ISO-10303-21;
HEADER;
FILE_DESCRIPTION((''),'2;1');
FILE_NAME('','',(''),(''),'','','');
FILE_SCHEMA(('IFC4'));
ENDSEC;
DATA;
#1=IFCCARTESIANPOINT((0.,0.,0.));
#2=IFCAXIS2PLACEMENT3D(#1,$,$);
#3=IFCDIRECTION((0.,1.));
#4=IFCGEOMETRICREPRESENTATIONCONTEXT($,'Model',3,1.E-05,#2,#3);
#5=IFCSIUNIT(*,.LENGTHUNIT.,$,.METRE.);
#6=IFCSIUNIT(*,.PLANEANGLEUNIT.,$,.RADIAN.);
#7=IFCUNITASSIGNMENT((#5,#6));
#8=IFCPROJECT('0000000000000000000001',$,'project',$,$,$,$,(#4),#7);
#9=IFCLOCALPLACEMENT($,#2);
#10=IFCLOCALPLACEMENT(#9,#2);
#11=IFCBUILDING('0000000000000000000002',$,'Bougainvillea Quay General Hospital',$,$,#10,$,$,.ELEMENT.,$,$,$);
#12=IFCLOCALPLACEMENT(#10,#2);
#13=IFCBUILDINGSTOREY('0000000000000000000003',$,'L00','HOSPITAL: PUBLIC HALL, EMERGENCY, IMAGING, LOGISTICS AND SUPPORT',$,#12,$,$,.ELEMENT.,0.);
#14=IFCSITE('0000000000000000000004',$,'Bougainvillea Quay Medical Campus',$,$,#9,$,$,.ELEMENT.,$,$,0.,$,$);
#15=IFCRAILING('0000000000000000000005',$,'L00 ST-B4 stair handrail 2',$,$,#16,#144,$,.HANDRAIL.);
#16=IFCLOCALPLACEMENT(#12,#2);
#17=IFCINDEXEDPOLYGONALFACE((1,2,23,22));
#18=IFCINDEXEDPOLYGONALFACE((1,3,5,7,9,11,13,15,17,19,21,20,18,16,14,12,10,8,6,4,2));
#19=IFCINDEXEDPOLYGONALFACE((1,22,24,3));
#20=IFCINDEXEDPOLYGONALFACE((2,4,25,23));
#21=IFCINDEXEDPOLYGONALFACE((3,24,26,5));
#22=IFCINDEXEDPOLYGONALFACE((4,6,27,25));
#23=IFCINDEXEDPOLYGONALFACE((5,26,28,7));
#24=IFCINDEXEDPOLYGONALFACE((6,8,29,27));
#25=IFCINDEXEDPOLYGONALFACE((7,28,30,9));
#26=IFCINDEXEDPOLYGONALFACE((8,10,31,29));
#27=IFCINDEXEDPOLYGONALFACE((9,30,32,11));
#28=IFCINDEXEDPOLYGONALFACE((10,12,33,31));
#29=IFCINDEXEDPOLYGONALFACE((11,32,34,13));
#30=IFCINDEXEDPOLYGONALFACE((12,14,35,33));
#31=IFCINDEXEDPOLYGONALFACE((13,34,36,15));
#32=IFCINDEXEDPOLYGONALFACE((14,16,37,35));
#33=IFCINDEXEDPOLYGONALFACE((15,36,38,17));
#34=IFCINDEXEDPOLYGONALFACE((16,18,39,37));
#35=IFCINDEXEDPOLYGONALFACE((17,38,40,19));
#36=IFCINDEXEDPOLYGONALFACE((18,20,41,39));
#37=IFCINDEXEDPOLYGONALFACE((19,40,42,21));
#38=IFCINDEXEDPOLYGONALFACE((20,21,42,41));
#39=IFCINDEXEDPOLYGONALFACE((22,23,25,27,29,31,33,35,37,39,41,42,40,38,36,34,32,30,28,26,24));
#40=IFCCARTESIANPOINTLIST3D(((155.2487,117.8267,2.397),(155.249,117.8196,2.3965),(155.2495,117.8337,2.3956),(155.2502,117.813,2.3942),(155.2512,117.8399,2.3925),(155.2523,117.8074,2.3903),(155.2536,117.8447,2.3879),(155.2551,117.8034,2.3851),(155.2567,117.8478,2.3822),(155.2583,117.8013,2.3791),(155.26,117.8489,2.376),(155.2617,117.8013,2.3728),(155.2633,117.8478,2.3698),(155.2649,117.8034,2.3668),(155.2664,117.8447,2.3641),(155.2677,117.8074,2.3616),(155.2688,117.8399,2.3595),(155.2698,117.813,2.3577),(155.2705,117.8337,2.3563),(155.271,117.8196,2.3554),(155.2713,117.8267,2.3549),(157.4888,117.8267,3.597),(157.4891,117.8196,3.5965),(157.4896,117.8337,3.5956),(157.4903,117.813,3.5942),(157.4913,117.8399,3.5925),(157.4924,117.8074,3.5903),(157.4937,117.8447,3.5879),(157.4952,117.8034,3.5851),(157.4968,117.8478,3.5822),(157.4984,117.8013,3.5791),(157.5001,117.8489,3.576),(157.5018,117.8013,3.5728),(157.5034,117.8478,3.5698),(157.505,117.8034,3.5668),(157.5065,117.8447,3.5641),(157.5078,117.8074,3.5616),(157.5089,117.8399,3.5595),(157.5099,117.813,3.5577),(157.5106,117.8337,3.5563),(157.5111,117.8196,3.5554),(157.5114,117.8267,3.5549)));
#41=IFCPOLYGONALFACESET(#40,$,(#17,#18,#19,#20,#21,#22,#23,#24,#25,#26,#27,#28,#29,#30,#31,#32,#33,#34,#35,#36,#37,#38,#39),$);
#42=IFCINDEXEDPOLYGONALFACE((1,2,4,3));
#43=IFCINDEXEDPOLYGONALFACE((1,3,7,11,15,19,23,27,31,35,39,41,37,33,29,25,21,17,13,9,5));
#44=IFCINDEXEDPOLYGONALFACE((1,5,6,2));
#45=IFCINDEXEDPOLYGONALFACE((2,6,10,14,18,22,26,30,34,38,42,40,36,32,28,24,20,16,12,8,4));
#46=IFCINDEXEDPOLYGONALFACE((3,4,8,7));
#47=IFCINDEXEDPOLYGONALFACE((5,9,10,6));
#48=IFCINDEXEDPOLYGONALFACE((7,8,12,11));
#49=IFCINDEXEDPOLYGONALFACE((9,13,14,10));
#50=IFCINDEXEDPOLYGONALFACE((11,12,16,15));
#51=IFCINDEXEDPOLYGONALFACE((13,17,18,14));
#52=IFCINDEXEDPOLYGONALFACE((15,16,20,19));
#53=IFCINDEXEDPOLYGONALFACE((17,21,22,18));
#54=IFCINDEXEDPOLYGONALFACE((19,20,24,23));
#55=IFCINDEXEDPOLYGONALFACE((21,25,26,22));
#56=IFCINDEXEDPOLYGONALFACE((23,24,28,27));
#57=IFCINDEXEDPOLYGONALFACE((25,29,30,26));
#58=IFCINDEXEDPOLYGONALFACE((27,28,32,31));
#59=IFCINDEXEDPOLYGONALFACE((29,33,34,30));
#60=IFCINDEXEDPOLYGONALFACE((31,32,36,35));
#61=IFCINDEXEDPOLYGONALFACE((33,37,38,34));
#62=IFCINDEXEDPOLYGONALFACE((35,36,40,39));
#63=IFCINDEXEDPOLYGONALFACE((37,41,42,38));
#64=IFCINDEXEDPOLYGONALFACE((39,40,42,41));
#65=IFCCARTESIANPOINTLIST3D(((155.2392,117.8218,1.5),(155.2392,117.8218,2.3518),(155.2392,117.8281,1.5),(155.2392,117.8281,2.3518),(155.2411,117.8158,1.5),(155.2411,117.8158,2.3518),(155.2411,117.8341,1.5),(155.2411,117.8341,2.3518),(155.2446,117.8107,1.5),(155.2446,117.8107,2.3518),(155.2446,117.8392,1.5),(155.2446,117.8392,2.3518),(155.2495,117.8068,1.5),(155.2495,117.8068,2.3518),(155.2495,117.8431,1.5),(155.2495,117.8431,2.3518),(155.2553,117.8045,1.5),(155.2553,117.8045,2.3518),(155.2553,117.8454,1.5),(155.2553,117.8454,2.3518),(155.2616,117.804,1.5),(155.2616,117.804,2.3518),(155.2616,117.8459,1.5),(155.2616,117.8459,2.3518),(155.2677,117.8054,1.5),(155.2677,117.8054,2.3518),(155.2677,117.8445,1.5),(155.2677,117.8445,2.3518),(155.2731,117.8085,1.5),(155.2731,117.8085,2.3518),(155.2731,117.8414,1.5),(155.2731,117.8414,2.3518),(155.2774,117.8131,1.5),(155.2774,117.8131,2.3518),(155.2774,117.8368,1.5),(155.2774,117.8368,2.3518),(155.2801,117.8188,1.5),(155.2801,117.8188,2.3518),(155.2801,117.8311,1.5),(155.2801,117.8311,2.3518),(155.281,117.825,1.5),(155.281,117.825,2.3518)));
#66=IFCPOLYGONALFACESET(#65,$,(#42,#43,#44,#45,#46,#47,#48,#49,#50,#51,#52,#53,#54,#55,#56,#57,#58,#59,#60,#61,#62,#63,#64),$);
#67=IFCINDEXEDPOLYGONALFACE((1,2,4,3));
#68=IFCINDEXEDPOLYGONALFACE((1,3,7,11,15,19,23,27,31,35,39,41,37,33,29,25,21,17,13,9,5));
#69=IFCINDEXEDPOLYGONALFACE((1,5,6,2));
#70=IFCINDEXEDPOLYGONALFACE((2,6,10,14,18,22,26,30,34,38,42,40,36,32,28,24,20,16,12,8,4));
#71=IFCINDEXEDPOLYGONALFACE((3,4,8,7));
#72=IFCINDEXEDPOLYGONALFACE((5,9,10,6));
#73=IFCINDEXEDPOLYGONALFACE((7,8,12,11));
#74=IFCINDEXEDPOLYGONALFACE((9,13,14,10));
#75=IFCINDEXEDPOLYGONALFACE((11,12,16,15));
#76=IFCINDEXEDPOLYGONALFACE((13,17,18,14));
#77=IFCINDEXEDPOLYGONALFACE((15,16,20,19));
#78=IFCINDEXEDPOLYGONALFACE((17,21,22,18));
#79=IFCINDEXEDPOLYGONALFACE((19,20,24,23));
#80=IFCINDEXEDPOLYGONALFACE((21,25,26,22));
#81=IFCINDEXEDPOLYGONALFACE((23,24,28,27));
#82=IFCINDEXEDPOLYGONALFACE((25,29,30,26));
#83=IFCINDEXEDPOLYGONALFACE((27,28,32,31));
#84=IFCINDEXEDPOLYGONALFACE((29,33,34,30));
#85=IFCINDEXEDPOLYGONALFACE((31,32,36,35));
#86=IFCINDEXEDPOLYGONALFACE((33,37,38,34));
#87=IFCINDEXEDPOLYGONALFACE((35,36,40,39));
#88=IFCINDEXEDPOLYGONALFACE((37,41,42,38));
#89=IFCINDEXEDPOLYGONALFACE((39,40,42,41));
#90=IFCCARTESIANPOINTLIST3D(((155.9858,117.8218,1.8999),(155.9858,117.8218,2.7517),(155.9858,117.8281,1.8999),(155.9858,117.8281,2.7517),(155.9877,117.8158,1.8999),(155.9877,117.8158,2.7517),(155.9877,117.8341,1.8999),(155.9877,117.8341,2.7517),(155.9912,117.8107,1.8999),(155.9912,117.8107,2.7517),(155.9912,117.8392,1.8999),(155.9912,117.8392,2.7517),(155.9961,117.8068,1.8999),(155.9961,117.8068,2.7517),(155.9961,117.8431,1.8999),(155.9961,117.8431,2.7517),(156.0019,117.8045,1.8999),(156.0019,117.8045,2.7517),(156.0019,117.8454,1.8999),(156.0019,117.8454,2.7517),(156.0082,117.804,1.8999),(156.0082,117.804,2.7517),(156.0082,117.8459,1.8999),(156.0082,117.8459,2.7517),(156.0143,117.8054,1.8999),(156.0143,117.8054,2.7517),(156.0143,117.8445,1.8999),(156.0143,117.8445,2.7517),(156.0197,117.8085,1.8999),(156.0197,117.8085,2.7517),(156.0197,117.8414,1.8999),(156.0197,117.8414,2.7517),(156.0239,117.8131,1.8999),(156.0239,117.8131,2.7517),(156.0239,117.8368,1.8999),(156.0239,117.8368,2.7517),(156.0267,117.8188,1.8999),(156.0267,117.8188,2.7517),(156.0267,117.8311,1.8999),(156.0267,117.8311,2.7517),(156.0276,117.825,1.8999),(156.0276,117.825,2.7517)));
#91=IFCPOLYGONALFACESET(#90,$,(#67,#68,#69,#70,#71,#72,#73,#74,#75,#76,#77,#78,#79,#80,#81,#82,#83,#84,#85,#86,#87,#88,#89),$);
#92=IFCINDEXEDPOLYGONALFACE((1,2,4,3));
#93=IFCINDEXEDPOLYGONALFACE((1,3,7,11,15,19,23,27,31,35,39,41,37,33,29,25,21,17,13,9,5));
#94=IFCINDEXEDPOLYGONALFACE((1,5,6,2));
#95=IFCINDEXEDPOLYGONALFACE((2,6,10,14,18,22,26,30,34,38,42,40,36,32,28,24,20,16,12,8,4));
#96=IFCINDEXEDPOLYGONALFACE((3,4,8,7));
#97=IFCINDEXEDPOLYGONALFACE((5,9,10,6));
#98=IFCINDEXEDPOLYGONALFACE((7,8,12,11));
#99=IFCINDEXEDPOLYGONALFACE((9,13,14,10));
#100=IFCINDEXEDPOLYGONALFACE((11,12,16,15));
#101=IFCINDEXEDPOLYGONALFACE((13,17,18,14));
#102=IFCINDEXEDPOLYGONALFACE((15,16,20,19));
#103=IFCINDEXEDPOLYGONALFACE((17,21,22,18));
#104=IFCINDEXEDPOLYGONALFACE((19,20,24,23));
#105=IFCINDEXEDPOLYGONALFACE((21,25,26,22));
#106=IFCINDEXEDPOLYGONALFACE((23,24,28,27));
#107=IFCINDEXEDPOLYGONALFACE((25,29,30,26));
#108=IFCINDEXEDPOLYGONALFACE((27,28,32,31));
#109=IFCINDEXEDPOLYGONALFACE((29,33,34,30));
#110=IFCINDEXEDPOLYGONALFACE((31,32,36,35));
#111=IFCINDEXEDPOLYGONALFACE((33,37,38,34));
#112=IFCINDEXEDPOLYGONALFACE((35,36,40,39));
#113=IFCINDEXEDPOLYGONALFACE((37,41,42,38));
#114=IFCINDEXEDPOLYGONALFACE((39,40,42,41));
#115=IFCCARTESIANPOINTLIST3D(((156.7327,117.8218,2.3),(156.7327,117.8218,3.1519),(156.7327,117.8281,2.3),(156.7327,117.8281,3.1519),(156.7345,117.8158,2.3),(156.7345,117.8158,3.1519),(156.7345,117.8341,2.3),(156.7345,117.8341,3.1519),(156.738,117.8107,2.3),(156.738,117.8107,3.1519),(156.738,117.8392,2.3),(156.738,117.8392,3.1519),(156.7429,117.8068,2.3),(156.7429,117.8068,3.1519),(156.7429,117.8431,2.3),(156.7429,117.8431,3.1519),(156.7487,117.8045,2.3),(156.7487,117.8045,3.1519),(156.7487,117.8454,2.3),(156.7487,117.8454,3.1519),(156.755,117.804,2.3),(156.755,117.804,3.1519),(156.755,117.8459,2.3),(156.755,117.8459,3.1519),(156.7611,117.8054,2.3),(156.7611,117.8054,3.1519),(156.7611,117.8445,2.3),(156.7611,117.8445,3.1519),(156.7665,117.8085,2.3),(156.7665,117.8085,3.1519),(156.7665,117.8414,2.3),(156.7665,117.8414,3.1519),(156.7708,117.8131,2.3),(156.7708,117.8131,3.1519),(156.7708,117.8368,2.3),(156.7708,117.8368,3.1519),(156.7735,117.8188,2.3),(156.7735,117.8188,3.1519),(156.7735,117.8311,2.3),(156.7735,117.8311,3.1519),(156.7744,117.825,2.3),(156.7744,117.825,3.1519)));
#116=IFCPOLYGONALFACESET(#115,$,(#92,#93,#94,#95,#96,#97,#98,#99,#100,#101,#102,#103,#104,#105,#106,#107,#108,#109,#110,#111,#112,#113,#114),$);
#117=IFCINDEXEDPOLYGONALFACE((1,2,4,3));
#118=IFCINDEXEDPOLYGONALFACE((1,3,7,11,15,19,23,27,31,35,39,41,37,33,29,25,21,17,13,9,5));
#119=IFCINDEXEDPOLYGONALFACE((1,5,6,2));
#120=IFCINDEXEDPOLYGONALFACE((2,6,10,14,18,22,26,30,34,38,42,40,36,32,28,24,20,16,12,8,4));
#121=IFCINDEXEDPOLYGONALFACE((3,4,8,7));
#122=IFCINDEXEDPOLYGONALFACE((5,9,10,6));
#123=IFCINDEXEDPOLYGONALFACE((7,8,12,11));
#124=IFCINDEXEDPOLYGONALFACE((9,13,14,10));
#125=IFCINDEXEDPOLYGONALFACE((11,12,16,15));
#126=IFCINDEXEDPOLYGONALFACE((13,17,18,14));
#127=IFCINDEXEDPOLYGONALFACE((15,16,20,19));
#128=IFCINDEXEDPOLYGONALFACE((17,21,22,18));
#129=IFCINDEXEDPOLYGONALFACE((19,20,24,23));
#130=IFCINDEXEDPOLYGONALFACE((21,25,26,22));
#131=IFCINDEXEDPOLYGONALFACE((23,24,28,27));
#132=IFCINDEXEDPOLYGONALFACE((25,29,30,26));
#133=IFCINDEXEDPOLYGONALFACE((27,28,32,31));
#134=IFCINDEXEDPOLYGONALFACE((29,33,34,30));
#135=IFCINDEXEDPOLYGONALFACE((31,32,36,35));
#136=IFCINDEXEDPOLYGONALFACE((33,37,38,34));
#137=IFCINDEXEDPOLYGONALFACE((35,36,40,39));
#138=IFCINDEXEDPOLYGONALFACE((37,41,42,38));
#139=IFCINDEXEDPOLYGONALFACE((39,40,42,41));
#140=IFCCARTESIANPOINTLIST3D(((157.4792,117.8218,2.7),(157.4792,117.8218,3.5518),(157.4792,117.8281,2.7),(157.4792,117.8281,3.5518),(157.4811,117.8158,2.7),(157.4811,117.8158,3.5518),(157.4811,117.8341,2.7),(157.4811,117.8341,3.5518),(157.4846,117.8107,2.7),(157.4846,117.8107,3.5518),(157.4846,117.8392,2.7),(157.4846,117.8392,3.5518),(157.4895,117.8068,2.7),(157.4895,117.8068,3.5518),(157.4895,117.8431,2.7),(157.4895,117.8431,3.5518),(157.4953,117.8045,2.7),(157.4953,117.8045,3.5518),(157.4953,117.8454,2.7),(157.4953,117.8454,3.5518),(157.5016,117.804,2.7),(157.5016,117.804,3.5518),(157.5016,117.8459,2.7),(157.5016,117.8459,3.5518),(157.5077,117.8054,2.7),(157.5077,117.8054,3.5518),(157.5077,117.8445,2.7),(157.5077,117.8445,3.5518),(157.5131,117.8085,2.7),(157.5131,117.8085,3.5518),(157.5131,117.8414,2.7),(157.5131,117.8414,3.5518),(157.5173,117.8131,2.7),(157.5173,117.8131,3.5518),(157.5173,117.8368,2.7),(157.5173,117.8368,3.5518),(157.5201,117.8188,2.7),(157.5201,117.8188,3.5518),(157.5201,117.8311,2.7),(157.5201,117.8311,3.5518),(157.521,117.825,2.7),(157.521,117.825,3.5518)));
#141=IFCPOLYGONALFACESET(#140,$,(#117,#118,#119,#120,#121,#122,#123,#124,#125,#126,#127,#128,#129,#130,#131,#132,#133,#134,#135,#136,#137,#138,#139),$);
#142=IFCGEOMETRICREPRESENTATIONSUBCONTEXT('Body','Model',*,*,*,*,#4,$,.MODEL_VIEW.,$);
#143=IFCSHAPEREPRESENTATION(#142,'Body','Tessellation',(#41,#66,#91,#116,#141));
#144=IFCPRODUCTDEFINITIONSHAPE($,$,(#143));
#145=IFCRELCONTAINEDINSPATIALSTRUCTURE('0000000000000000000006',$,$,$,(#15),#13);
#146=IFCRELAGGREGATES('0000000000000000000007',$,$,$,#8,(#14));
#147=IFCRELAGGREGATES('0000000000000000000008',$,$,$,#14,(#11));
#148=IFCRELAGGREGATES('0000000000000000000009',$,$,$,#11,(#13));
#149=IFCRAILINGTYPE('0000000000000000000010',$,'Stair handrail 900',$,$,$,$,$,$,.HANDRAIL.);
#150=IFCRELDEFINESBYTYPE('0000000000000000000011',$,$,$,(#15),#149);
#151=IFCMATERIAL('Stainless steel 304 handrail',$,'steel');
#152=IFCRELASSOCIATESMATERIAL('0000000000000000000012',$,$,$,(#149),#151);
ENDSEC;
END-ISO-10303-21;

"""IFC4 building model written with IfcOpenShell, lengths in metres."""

from ifc_helpers import new_model, si_unit, direction, frame, origin, origin_2d, place, context, subcontext, project, spatial, circle, extrude, material, type_object, element, save


model = new_model("IFC4")

# Units and contexts
model_context = context("Model", 3, precision=1e-05, world=origin(), true_north=direction((0.0, 1.0)))
body_context = subcontext(model_context, "Body", "Model", "MODEL_VIEW")
ifc_project = project(units=[si_unit("LENGTHUNIT", "METRE"), si_unit("PLANEANGLEUNIT", "RADIAN")], contexts=[model_context])

# Site, building, storey
site_placement = place(None, origin())
site = spatial("IfcSite", under=ifc_project, at=site_placement, Name="Bougainvillea Quay Medical Campus", CompositionType="ELEMENT", RefElevation=0.0)
building_placement = place(site_placement, origin())
building = spatial("IfcBuilding", under=site, at=building_placement, Name="Bougainvillea Quay General Hospital", CompositionType="ELEMENT")
storey_placement = place(building_placement, origin())
storey = spatial("IfcBuildingStorey", under=building, at=storey_placement, Name="L00", Description="HOSPITAL: PUBLIC HALL, EMERGENCY, IMAGING, LOGISTICS AND SUPPORT", CompositionType="ELEMENT", Elevation=0.0)

# Railing
ifc_material_1 = material(Name="Stainless steel 304 handrail", Category="steel")
railing_type_1 = type_object("IfcRailingType", Name="Stair handrail 900", PredefinedType="HANDRAIL", material=ifc_material_1)
for number, where, name in (
    (1, (155.26, 117.825, 1.5), "L00 ST-B4 stair handrail 2"),
):
    element("IfcRailing", number, at=place(storey_placement, frame(where)), inside=storey, type_object=railing_type_1, Name=name, PredefinedType="HANDRAIL", context=body_context, shape_type="SweptSolid", body=[
        extrude(circle(Radius=0.0239, at=origin_2d()), frame((0.0, 0.0, 0.876), z_axis=(0.881487, 0.0, 0.472208), x_axis=(0.0, 1.0, 0.0)), (0.0, 0.0, 1.0), 2.5413),
        extrude(circle(Radius=0.021, at=origin_2d()), origin(), (0.0, 0.0, 1.0), 0.8518),
        extrude(circle(Radius=0.021, at=origin_2d()), frame((0.7466, 0.0, 0.3999)), (0.0, 0.0, 1.0), 0.8518),
        extrude(circle(Radius=0.021, at=origin_2d()), frame((1.4934, 0.0, 0.8)), (0.0, 0.0, 1.0), 0.8518),
        extrude(circle(Radius=0.021, at=origin_2d()), frame((2.24, 0.0, 1.2)), (0.0, 0.0, 1.0), 0.8518),
    ])

save(model, "model.ifc")
